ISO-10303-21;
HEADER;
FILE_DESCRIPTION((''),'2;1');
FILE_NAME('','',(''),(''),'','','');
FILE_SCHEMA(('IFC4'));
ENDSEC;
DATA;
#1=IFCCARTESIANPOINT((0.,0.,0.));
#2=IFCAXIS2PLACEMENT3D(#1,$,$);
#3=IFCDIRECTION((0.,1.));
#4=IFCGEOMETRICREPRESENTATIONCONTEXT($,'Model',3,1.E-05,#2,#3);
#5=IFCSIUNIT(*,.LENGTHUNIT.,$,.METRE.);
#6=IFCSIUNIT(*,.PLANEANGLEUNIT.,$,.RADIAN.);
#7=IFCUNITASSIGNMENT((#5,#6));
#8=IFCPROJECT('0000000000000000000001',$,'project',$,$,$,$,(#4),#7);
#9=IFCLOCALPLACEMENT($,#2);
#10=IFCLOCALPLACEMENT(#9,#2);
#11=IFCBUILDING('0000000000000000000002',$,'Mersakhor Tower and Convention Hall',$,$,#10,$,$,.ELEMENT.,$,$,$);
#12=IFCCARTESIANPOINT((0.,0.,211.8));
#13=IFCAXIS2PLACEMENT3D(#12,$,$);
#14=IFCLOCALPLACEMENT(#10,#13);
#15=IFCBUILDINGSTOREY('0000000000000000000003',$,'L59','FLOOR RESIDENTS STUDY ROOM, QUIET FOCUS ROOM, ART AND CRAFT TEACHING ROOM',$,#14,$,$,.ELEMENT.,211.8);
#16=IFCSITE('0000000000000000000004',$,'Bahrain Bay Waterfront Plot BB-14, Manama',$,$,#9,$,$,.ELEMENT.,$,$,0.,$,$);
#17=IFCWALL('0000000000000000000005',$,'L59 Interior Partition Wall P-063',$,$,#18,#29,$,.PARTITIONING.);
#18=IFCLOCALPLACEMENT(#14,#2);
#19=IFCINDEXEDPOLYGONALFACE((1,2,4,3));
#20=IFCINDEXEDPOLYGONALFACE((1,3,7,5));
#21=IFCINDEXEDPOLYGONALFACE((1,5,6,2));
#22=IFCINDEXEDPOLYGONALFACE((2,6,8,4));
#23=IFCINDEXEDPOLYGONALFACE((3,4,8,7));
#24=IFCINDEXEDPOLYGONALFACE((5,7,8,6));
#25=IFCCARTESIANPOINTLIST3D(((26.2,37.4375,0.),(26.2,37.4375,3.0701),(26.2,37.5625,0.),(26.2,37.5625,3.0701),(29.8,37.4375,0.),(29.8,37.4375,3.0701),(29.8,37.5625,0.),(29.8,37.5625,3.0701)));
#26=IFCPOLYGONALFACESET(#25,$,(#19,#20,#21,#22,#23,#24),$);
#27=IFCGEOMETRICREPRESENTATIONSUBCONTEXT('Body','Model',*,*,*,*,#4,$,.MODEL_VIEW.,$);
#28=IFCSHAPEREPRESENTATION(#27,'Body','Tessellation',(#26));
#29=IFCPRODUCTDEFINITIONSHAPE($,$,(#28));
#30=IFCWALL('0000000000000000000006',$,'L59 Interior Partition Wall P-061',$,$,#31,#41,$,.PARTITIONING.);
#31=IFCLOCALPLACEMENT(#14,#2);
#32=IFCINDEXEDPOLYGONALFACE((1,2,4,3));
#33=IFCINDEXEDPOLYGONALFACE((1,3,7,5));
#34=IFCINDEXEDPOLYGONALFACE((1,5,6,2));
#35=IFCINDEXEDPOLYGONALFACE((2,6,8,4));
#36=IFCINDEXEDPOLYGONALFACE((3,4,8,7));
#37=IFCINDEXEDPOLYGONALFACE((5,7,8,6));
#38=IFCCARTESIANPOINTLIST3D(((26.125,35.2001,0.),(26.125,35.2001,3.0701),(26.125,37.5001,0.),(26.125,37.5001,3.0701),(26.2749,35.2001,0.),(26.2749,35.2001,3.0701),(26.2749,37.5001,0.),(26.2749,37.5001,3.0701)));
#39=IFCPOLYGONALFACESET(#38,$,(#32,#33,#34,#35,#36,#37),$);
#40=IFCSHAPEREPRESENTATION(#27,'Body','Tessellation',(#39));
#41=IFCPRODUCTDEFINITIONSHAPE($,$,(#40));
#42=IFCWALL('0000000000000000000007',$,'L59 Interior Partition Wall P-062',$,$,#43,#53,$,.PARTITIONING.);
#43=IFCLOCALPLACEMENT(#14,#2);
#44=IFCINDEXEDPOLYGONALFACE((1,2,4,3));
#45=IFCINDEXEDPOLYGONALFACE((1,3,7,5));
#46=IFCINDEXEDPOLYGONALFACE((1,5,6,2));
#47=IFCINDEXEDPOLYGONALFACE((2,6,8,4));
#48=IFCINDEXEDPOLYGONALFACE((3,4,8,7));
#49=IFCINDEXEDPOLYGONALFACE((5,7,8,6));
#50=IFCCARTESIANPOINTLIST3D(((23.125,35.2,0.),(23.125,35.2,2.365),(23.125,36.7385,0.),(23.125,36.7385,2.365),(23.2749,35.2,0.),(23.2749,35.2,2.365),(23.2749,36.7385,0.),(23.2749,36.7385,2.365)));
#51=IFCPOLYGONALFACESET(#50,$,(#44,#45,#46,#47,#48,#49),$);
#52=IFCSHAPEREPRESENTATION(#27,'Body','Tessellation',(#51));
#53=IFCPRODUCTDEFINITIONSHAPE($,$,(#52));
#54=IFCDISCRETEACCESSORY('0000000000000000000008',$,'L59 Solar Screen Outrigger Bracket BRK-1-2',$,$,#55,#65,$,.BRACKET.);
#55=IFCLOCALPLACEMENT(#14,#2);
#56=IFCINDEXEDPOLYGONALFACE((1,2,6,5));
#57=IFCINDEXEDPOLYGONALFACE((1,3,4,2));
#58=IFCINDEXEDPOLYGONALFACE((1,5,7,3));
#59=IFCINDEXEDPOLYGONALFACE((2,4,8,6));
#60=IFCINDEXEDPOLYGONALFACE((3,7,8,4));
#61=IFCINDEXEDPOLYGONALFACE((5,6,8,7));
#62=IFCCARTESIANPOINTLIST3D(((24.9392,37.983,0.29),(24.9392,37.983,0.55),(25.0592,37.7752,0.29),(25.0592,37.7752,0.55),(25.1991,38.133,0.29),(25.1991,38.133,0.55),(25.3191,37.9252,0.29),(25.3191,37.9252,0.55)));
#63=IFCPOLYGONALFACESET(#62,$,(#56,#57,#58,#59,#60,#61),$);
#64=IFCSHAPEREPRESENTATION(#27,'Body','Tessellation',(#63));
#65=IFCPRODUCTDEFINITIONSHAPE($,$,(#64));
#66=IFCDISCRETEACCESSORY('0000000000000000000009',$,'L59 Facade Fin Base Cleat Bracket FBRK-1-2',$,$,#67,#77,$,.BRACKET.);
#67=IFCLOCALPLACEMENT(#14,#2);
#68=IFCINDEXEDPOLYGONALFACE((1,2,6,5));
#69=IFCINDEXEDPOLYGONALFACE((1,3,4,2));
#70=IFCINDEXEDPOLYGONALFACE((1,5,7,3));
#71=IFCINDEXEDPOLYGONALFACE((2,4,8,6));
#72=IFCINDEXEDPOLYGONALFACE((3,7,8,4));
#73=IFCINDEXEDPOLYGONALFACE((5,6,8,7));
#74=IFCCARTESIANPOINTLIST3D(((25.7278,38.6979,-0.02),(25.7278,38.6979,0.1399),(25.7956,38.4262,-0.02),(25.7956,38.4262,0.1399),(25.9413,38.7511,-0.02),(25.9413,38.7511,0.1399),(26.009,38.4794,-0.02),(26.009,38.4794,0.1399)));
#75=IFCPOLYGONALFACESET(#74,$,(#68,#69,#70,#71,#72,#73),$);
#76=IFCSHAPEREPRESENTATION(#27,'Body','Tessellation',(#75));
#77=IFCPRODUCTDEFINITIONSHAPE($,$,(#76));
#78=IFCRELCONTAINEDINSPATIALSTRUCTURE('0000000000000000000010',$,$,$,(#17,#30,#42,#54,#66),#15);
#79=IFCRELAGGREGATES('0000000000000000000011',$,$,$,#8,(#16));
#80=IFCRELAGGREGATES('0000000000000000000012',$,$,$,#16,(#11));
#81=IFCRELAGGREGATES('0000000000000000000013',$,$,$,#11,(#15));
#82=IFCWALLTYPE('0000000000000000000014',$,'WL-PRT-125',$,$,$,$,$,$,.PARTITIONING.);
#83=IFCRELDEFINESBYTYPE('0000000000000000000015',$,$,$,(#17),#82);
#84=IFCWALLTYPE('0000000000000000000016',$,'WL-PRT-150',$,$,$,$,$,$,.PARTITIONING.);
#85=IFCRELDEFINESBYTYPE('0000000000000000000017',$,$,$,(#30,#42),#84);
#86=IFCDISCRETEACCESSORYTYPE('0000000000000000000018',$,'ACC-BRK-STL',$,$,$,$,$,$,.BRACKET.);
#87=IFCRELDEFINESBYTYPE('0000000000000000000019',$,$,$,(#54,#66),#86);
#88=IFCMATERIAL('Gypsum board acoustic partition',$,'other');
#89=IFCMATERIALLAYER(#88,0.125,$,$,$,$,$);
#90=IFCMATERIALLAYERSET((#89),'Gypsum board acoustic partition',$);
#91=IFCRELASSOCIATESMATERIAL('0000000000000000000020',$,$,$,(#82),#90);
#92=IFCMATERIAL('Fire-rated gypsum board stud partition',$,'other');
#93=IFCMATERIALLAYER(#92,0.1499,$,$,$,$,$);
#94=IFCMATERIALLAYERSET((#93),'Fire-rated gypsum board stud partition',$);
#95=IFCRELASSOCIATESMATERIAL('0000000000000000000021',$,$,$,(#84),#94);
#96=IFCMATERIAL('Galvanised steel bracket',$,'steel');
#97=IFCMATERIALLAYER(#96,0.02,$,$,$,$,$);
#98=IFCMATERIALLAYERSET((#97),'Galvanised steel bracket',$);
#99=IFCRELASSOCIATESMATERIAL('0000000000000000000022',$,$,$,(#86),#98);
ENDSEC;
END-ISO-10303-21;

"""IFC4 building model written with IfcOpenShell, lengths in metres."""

from ifc_helpers import new_model, si_unit, direction, frame, frame_2d, origin, origin_2d, place, context, subcontext, project, spatial, rectangle, extrude, material, layer, layer_set, type_object, element, save


model = new_model("IFC4")

# Units and contexts
model_context = context("Model", 3, precision=1e-05, world=origin(), true_north=direction((0.0, 1.0)))
body_context = subcontext(model_context, "Body", "Model", "MODEL_VIEW")
ifc_project = project(units=[si_unit("LENGTHUNIT", "METRE"), si_unit("PLANEANGLEUNIT", "RADIAN")], contexts=[model_context])

# Site, building, storey
site_placement = place(None, origin())
site = spatial("IfcSite", under=ifc_project, at=site_placement, Name="Bahrain Bay Waterfront Plot BB-14, Manama", CompositionType="ELEMENT", RefElevation=0.0)
building_placement = place(site_placement, origin())
building = spatial("IfcBuilding", under=site, at=building_placement, Name="Mersakhor Tower and Convention Hall", CompositionType="ELEMENT")
storey_placement = place(building_placement, frame((0.0, 0.0, 211.8)))
storey = spatial("IfcBuildingStorey", under=building, at=storey_placement, Name="L59", Description="FLOOR RESIDENTS STUDY ROOM, QUIET FOCUS ROOM, ART AND CRAFT TEACHING ROOM", CompositionType="ELEMENT", Elevation=211.8)

# Wall
ifc_material_1 = material(Name="Gypsum board acoustic partition", Category="other")
ifc_layer_1 = layer(ifc_material_1, 0.125)
ifc_layer_set_1 = layer_set([ifc_layer_1], Name="Gypsum board acoustic partition")
wall_type_1 = type_object("IfcWallType", Name="WL-PRT-125", PredefinedType="PARTITIONING", material=ifc_layer_set_1)
wall_1_placement = place(storey_placement, frame((26.2, 37.5, 0.0), z_axis=(0.0, 0.0, 1.0), x_axis=(1.0, 0.0, 0.0)))
element("IfcWall", 1, at=wall_1_placement, inside=storey, type_object=wall_type_1, Name="L59 Interior Partition Wall P-063", PredefinedType="PARTITIONING", context=body_context, shape_type="SweptSolid", body=[
    extrude(rectangle(XDim=3.6001, YDim=0.125, at=frame_2d((1.8, 0.0))), origin(), (0.0, 0.0, 1.0), 3.0701),
])

# Shared definitions
ifc_material_2 = material(Name="Fire-rated gypsum board stud partition", Category="other")
ifc_layer_2 = layer(ifc_material_2, 0.1499)
ifc_layer_set_2 = layer_set([ifc_layer_2], Name="Fire-rated gypsum board stud partition")
wall_type_2 = type_object("IfcWallType", Name="WL-PRT-150", PredefinedType="PARTITIONING", material=ifc_layer_set_2)

# Walls
wall_2_placement = place(storey_placement, frame((26.2, 37.5, 0.0), z_axis=(0.0, 0.0, 1.0), x_axis=(0.0, -1.0, 0.0)))
element("IfcWall", 2, at=wall_2_placement, inside=storey, type_object=wall_type_2, Name="L59 Interior Partition Wall P-061", PredefinedType="PARTITIONING", context=body_context, shape_type="SweptSolid", body=[
    extrude(rectangle(XDim=2.3, YDim=0.1499, at=frame_2d((1.1499, 0.0))), origin(), (0.0, 0.0, 1.0), 3.0701),
])
wall_3_placement = place(storey_placement, frame((23.2, 35.2, 0.0), z_axis=(0.0, 0.0, 1.0), x_axis=(0.0, 1.0, 0.0)))
element("IfcWall", 3, at=wall_3_placement, inside=storey, type_object=wall_type_2, Name="L59 Interior Partition Wall P-062", PredefinedType="PARTITIONING", context=body_context, shape_type="SweptSolid", body=[
    extrude(rectangle(XDim=1.5386, YDim=0.1499, at=frame_2d((0.7693, 0.0))), origin(), (0.0, 0.0, 1.0), 2.365),
])

# Discrete accessories
ifc_material_3 = material(Name="Galvanised steel bracket", Category="steel")
ifc_layer_3 = layer(ifc_material_3, 0.02)
ifc_layer_set_3 = layer_set([ifc_layer_3], Name="Galvanised steel bracket")
discrete_accessory_type = type_object("IfcDiscreteAccessoryType", Name="ACC-BRK-STL", PredefinedType="BRACKET", material=ifc_layer_set_3)
discrete_accessory_1_placement = place(storey_placement, frame((25.1292, 37.9541, 0.29), z_axis=(0.0, 0.0, 1.0), x_axis=(0.866025, 0.5, 0.0)))
element("IfcDiscreteAccessory", 4, at=discrete_accessory_1_placement, inside=storey, type_object=discrete_accessory_type, Name="L59 Solar Screen Outrigger Bracket BRK-1-2", PredefinedType="BRACKET", context=body_context, shape_type="SweptSolid", body=[
    extrude(rectangle(XDim=0.3, YDim=0.24, at=origin_2d()), origin(), (0.0, 0.0, 1.0), 0.26),
])
discrete_accessory_2_placement = place(storey_placement, frame((25.8684, 38.5886, -0.02), z_axis=(0.0, 0.0, 1.0), x_axis=(-0.241922, 0.970296, 0.0)))
element("IfcDiscreteAccessory", 5, at=discrete_accessory_2_placement, inside=storey, type_object=discrete_accessory_type, Name="L59 Facade Fin Base Cleat Bracket FBRK-1-2", PredefinedType="BRACKET", context=body_context, shape_type="SweptSolid", body=[
    extrude(rectangle(XDim=0.28, YDim=0.22, at=origin_2d()), origin(), (0.0, 0.0, 1.0), 0.1599),
])

save(model, "model.ifc")
